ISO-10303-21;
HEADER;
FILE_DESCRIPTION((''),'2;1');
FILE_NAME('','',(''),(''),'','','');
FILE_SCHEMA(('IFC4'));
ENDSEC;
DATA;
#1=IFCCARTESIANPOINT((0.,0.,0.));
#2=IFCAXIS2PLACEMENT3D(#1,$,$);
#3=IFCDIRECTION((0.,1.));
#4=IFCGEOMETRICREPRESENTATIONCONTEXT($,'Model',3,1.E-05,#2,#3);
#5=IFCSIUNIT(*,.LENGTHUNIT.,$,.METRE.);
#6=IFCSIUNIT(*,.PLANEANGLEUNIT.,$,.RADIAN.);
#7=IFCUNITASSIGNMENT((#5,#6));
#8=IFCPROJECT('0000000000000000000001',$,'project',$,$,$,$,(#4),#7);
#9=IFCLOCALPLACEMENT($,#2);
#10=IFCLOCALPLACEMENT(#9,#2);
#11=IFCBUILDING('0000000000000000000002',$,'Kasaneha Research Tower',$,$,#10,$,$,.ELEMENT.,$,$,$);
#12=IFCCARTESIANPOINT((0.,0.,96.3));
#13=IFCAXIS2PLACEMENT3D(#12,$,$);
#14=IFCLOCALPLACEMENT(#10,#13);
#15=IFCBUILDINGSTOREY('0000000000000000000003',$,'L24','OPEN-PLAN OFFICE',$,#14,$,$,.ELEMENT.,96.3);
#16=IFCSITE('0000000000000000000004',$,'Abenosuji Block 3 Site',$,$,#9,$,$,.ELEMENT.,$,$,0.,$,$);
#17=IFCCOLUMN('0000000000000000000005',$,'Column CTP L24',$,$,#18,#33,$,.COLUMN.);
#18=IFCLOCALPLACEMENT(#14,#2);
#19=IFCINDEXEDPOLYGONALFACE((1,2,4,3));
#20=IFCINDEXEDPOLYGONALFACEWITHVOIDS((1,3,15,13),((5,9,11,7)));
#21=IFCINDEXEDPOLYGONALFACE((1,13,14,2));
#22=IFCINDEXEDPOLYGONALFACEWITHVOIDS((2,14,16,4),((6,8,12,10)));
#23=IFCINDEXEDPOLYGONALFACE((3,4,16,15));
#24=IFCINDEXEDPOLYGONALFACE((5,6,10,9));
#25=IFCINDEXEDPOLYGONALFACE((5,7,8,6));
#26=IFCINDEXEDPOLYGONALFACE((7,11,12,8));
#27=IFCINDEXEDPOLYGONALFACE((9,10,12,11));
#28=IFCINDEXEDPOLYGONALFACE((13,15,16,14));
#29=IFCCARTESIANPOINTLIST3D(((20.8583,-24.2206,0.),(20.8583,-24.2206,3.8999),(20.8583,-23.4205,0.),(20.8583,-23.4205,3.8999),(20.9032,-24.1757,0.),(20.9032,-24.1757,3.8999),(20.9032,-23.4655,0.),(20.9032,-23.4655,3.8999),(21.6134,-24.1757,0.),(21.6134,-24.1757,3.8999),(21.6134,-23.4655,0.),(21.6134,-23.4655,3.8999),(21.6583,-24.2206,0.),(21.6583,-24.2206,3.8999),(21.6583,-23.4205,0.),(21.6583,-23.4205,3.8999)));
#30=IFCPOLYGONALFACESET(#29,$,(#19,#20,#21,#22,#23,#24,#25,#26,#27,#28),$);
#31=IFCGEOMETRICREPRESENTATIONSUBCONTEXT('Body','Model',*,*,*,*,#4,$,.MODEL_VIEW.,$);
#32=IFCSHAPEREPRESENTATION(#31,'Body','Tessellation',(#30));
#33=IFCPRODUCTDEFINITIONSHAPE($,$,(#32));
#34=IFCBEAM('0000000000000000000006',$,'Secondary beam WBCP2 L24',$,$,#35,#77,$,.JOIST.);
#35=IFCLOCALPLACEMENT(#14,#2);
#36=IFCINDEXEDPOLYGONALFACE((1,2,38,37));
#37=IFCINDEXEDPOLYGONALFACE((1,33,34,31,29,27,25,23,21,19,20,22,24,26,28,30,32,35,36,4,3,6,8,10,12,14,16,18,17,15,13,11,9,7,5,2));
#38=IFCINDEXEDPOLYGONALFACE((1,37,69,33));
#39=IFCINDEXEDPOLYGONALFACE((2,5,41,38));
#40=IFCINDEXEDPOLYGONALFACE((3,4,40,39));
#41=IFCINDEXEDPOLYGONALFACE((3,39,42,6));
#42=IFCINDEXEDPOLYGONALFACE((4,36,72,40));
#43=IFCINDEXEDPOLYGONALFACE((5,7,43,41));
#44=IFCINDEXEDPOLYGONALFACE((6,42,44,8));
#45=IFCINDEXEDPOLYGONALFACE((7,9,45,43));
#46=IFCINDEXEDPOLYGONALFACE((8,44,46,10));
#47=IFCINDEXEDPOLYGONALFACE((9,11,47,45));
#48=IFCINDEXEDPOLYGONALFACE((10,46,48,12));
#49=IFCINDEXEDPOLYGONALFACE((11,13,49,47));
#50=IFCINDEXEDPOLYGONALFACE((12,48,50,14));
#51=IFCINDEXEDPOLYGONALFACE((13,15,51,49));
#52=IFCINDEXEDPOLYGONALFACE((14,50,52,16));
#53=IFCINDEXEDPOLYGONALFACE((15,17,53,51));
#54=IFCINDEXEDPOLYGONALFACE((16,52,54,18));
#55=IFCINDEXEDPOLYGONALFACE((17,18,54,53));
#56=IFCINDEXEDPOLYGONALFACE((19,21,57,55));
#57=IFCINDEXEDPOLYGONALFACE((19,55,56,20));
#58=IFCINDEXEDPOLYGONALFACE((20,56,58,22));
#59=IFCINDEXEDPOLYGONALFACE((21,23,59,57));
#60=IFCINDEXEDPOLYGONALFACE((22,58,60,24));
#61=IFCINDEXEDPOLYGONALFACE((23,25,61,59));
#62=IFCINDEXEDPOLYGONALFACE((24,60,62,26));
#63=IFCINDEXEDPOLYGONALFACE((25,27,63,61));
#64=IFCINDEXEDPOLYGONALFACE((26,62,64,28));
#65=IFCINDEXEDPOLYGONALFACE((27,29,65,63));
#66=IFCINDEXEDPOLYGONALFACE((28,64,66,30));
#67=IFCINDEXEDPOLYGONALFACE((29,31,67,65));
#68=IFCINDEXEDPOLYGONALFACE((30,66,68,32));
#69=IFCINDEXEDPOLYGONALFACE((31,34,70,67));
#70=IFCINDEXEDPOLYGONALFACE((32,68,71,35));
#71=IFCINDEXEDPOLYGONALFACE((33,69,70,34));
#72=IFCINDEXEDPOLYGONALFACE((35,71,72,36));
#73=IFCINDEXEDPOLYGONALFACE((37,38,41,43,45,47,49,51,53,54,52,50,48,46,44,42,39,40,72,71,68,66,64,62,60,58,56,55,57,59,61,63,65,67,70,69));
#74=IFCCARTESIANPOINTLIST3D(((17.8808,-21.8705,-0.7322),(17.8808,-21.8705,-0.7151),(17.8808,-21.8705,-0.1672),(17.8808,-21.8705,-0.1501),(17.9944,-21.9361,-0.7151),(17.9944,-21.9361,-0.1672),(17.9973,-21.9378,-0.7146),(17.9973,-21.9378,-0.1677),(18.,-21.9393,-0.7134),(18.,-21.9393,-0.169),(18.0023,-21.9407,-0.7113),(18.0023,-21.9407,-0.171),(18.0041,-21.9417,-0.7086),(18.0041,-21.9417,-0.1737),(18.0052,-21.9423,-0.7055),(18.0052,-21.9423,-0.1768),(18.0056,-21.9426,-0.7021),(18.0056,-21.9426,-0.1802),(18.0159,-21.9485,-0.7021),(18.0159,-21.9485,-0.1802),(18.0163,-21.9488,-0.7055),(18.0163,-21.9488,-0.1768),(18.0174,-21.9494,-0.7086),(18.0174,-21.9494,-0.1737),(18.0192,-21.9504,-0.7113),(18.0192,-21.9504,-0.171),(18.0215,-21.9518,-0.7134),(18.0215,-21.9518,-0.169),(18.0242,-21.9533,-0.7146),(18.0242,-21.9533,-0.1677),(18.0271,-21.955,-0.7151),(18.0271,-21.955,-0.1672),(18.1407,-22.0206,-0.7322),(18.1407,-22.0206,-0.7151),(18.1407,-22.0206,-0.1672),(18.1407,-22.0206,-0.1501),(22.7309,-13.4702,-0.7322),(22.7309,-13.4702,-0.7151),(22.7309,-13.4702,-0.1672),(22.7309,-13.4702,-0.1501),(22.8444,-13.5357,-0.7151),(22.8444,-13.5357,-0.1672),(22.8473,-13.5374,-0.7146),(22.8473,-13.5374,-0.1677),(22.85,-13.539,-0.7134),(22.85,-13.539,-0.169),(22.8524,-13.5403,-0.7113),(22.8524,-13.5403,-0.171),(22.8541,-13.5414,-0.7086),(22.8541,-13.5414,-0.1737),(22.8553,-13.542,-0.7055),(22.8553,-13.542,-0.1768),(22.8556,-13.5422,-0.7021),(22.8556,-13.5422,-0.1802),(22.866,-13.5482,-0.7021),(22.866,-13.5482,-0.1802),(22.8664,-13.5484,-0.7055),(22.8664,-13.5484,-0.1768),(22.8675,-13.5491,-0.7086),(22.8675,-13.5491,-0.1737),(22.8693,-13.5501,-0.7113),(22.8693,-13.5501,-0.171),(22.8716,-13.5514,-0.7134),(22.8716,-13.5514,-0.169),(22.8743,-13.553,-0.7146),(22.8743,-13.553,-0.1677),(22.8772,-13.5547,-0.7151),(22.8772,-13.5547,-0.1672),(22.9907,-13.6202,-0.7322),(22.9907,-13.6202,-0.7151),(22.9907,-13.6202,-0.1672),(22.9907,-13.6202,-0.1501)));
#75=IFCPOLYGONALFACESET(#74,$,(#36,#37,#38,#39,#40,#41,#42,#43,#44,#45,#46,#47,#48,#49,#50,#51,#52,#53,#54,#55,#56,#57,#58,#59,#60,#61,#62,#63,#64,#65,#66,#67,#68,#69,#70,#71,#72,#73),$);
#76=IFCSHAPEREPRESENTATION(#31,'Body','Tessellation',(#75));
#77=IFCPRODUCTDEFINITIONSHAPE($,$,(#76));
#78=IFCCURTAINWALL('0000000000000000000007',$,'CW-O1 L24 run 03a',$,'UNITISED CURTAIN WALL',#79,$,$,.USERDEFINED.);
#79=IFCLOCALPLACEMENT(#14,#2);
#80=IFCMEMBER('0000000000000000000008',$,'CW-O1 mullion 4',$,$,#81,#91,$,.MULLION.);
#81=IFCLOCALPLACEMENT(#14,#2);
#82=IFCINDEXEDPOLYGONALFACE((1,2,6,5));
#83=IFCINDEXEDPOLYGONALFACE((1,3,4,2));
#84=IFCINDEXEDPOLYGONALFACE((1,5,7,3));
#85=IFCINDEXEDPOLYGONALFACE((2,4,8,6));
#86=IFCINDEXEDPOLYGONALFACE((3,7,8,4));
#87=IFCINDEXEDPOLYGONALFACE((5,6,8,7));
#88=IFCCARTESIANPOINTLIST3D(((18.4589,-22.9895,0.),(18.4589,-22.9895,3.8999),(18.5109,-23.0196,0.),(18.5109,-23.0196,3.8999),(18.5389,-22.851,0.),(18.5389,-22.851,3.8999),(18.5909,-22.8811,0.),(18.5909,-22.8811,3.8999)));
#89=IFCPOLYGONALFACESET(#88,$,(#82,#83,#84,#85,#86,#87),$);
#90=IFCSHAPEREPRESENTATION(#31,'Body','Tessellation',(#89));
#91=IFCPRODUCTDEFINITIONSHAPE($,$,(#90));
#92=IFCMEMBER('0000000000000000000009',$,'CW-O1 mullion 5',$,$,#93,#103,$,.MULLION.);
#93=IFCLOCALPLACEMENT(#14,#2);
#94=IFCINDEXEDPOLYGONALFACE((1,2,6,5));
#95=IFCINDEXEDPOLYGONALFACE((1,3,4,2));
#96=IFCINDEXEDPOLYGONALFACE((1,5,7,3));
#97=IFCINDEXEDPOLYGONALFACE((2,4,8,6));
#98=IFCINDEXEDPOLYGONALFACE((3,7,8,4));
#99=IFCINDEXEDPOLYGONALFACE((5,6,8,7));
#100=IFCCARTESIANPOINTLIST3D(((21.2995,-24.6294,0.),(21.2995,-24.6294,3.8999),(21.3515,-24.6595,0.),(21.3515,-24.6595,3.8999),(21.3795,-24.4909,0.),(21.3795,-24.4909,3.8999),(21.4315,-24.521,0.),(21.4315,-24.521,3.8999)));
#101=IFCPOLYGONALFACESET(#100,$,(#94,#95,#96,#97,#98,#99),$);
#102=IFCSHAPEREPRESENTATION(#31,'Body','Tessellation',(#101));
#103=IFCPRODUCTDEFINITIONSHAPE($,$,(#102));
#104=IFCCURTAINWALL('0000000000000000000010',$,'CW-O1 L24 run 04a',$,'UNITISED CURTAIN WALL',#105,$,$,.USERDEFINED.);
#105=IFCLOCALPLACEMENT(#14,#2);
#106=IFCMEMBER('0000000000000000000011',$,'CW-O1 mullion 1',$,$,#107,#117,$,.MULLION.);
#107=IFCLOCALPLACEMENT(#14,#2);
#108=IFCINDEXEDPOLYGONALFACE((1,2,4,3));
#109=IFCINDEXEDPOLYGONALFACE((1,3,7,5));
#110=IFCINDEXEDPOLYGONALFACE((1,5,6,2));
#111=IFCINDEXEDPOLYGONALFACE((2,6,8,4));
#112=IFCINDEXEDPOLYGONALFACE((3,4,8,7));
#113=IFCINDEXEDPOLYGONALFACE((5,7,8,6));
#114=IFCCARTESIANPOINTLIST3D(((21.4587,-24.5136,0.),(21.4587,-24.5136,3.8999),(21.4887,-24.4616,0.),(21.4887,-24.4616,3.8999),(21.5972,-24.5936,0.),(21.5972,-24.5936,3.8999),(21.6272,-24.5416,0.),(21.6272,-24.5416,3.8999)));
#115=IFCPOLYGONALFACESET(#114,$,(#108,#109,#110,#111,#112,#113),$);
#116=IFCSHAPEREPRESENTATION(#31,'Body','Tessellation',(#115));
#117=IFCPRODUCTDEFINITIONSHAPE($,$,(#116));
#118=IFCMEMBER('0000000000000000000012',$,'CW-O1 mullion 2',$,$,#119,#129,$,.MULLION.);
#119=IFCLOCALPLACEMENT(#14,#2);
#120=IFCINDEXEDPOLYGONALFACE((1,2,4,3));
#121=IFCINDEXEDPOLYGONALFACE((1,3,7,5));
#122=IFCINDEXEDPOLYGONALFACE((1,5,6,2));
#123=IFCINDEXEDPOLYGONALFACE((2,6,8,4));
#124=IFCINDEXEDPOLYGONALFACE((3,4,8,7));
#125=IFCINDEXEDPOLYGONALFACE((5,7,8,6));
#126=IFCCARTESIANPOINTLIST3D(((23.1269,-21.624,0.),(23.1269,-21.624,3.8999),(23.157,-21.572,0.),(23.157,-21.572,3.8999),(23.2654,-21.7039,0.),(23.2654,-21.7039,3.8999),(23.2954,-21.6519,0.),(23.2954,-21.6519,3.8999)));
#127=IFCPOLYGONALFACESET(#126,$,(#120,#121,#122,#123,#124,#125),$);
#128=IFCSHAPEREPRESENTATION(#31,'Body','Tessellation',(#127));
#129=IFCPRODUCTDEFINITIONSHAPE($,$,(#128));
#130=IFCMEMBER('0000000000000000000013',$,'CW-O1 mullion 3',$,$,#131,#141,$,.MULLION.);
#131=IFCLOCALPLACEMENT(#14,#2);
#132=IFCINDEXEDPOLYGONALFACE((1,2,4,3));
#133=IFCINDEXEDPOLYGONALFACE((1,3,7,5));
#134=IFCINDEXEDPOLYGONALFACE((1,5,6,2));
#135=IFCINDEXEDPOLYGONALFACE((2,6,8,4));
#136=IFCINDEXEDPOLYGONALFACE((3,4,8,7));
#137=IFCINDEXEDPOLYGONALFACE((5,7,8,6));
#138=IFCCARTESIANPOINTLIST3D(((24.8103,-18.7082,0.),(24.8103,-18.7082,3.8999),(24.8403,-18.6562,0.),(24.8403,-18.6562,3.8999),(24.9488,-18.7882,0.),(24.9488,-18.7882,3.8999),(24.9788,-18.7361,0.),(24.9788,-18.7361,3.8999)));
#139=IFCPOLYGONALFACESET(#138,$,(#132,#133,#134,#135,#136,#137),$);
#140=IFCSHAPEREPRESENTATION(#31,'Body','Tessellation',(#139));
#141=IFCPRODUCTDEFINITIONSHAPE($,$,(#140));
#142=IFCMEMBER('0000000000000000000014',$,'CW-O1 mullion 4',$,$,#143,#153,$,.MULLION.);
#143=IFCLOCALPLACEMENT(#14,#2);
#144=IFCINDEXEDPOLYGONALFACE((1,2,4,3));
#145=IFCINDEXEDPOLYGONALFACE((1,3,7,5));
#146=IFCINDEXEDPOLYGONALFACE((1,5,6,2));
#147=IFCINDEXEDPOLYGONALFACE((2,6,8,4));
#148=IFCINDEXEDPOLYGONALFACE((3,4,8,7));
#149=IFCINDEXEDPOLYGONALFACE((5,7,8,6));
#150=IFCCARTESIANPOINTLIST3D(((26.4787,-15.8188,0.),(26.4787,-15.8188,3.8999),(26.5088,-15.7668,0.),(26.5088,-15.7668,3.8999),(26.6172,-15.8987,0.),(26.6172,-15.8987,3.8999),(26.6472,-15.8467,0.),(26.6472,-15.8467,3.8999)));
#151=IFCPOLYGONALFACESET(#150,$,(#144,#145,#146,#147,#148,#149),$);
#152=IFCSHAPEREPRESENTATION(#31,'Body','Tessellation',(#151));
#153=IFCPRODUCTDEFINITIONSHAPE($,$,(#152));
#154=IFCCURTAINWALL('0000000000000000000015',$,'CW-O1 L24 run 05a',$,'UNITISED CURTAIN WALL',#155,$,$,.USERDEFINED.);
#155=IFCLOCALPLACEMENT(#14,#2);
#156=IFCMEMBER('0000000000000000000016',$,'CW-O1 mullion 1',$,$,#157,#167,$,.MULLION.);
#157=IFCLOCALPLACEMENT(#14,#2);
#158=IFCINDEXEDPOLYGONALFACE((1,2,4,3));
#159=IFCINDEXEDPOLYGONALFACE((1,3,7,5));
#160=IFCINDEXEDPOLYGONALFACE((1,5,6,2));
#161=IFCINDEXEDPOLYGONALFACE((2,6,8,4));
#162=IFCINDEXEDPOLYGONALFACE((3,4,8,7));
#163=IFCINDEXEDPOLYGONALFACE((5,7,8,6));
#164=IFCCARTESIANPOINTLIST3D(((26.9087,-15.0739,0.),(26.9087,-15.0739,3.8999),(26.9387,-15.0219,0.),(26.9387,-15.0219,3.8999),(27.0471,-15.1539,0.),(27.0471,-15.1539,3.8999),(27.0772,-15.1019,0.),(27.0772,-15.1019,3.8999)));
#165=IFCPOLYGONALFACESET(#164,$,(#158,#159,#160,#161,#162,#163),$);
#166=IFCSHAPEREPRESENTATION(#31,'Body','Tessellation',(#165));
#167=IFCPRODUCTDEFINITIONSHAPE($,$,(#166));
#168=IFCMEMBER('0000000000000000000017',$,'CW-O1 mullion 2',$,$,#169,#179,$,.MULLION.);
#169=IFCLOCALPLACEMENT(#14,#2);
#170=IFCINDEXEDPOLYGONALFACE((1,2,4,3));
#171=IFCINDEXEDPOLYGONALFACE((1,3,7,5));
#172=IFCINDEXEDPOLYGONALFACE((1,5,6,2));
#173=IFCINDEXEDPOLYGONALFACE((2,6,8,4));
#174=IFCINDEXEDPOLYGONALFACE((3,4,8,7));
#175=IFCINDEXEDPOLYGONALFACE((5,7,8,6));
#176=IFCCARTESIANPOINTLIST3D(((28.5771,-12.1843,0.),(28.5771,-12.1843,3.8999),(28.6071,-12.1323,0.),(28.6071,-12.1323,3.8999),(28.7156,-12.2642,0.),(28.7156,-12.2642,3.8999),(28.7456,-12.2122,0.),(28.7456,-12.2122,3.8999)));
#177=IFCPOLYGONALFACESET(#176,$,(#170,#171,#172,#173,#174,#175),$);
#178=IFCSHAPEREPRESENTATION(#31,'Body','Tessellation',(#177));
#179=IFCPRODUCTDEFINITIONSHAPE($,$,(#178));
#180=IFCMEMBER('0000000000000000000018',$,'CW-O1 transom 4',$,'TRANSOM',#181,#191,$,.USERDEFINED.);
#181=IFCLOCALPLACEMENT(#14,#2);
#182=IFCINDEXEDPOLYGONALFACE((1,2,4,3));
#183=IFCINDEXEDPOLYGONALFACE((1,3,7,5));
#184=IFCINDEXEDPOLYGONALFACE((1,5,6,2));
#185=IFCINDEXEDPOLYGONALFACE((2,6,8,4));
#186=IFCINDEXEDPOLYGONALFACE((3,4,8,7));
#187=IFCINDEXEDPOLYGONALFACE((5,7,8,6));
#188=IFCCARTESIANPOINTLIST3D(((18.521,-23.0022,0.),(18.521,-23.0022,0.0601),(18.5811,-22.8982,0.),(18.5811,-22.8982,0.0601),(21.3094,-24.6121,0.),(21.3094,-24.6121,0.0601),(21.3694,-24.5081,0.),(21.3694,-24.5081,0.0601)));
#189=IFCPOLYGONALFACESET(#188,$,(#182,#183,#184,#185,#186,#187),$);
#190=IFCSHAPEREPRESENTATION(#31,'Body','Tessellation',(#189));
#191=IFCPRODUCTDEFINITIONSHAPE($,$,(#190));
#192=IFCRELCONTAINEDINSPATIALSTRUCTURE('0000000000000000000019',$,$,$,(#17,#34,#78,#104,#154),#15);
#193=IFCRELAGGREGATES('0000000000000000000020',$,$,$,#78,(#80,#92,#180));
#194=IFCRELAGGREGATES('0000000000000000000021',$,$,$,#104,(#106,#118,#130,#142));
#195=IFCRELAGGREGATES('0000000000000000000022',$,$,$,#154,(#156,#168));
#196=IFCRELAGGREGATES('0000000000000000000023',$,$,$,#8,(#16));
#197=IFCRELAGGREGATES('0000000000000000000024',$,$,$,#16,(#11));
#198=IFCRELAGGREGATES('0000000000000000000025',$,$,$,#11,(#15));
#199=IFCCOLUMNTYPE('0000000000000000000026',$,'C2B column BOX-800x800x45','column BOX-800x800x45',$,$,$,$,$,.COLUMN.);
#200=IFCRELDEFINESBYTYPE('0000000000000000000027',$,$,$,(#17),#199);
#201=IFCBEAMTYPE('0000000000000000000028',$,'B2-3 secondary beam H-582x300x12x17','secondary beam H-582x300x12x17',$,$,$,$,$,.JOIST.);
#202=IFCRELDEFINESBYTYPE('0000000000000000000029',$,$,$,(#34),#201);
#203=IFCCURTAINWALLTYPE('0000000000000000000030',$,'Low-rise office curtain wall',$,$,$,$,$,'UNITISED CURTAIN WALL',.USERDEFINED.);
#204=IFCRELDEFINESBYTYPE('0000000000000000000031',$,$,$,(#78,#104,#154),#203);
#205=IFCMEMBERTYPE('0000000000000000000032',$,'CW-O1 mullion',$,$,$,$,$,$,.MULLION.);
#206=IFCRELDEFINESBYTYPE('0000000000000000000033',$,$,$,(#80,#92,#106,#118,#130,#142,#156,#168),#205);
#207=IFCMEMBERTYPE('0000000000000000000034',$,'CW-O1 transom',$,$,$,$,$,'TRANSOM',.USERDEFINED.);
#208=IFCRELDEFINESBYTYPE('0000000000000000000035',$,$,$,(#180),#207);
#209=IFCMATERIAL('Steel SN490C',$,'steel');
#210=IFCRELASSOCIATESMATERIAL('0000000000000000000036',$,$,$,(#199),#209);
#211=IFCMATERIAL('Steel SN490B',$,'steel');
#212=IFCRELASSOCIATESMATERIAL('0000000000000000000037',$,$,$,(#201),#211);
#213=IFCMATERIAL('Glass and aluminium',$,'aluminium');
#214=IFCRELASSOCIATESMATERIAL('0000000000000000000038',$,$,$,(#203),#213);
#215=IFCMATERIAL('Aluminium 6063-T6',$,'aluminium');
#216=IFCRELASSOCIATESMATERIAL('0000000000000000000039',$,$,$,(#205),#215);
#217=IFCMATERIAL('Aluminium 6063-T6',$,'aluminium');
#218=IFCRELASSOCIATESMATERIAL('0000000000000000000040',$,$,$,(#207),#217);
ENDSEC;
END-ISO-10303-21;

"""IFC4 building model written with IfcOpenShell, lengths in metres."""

from ifc_helpers import new_model, si_unit, direction, frame, origin, origin_2d, place, context, subcontext, project, spatial, rectangle, hollow_rectangle, i_section, extrude, material, material_profile, profile_set, type_object, element, aggregate, save


model = new_model("IFC4")

# Units and contexts
model_context = context("Model", 3, precision=1e-05, world=origin(), true_north=direction((0.0, 1.0)))
body_context = subcontext(model_context, "Body", "Model", "MODEL_VIEW")
ifc_project = project(units=[si_unit("LENGTHUNIT", "METRE"), si_unit("PLANEANGLEUNIT", "RADIAN")], contexts=[model_context])

# Site, building, storey
site_placement = place(None, origin())
site = spatial("IfcSite", under=ifc_project, at=site_placement, Name="Abenosuji Block 3 Site", CompositionType="ELEMENT", RefElevation=0.0)
building_placement = place(site_placement, origin())
building = spatial("IfcBuilding", under=site, at=building_placement, Name="Kasaneha Research Tower", CompositionType="ELEMENT")
storey_placement = place(building_placement, frame((0.0, 0.0, 96.3)))
storey = spatial("IfcBuildingStorey", under=building, at=storey_placement, Name="L24", Description="OPEN-PLAN OFFICE", CompositionType="ELEMENT", Elevation=96.3)

# Column
ifc_material_1 = material(Name="Steel SN490C", Category="steel")
ifc_material_profile_1 = material_profile(ifc_material_1, hollow_rectangle(XDim=0.8, YDim=0.8, WallThickness=0.0449, at=origin_2d()), Name="BOX-800x800x45")
ifc_profile_set_1 = profile_set([ifc_material_profile_1], Name="Steel SN490C")
column_type = type_object("IfcColumnType", Name="C2B column BOX-800x800x45", Description="column BOX-800x800x45", PredefinedType="COLUMN", material=ifc_profile_set_1)
column_placement = place(storey_placement, frame((21.2583, -23.8206, 0.0), z_axis=(0.0, 0.0, 1.0), x_axis=(1.0, 0.0, 0.0)))
element("IfcColumn", 1, at=column_placement, inside=storey, type_object=column_type, Name="Column CTP L24", PredefinedType="COLUMN", context=body_context, shape_type="SweptSolid", body=[
    extrude(hollow_rectangle(XDim=0.8, YDim=0.8, WallThickness=0.0449, at=origin_2d()), origin(), (0.0, 0.0, 1.0), 3.8999),
])

# Beam
ifc_material_2 = material(Name="Steel SN490B", Category="steel")
ifc_material_profile_2 = material_profile(ifc_material_2, i_section(OverallWidth=0.3, OverallDepth=0.582, WebThickness=0.012, FlangeThickness=0.0171, FilletRadius=0.0129, at=origin_2d()), Name="H-582x300x12x17")
ifc_profile_set_2 = profile_set([ifc_material_profile_2], Name="Steel SN490B")
beam_type_1 = type_object("IfcBeamType", Name="B2-3 secondary beam H-582x300x12x17", Description="secondary beam H-582x300x12x17", PredefinedType="JOIST", material=ifc_profile_set_2)
beam_1_placement = place(storey_placement, frame((18.0107, -21.9456, -0.4412), z_axis=(0.50001, 0.86602, 0.0), x_axis=(-0.86602, 0.50001, 0.0)))
element("IfcBeam", 2, at=beam_1_placement, inside=storey, type_object=beam_type_1, Name="Secondary beam WBCP2 L24", PredefinedType="JOIST", context=body_context, shape_type="SweptSolid", body=[
    extrude(i_section(OverallWidth=0.3, OverallDepth=0.582, WebThickness=0.012, FlangeThickness=0.0171, FilletRadius=0.0129, at=origin_2d()), origin(), (0.0, 0.0, 1.0), 9.7),
])

# Curtain walls, members
ifc_material_3 = material(Name="Glass and aluminium", Category="aluminium")
curtain_wall_type = type_object("IfcCurtainWallType", Name="Low-rise office curtain wall", ElementType="UNITISED CURTAIN WALL", PredefinedType="USERDEFINED", material=ifc_material_3)
curtain_wall_1_placement = place(storey_placement, origin())
curtain_wall_1 = element("IfcCurtainWall", 3, at=curtain_wall_1_placement, inside=storey, type_object=curtain_wall_type, Name="CW-O1 L24 run 03a", ObjectType="UNITISED CURTAIN WALL", PredefinedType="USERDEFINED")
ifc_material_4 = material(Name="Aluminium 6063-T6", Category="aluminium")
ifc_material_profile_3 = material_profile(ifc_material_4, rectangle(XDim=0.0601, YDim=0.1599, at=origin_2d()), Name="CW-O1 mullion 60x160")
ifc_profile_set_3 = profile_set([ifc_material_profile_3], Name="Aluminium 6063-T6")
member_type_1 = type_object("IfcMemberType", Name="CW-O1 mullion", PredefinedType="MULLION", material=ifc_profile_set_3)
member_1_placement = place(storey_placement, frame((18.5249, -22.9353, 0.0), z_axis=(0.0, 0.0, 1.0), x_axis=(0.866025, -0.5, 0.0)))
member_1 = element("IfcMember", 4, at=member_1_placement, type_object=member_type_1, Name="CW-O1 mullion 4", PredefinedType="MULLION", context=body_context, shape_type="SweptSolid", body=[
    extrude(rectangle(XDim=0.0601, YDim=0.1599, at=origin_2d()), origin(), (0.0, 0.0, 1.0), 3.8999),
])
member_2_placement = place(storey_placement, frame((21.3655, -24.5752, 0.0), z_axis=(0.0, 0.0, 1.0), x_axis=(0.866025, -0.5, 0.0)))
member_2 = element("IfcMember", 5, at=member_2_placement, type_object=member_type_1, Name="CW-O1 mullion 5", PredefinedType="MULLION", context=body_context, shape_type="SweptSolid", body=[
    extrude(rectangle(XDim=0.0601, YDim=0.1599, at=origin_2d()), origin(), (0.0, 0.0, 1.0), 3.8999),
])
curtain_wall_2_placement = place(storey_placement, origin())
curtain_wall_2 = element("IfcCurtainWall", 6, at=curtain_wall_2_placement, inside=storey, type_object=curtain_wall_type, Name="CW-O1 L24 run 04a", ObjectType="UNITISED CURTAIN WALL", PredefinedType="USERDEFINED")
member_3_placement = place(storey_placement, frame((21.543, -24.5276, 0.0), z_axis=(0.0, 0.0, 1.0), x_axis=(0.5, 0.866025, 0.0)))
member_3 = element("IfcMember", 7, at=member_3_placement, type_object=member_type_1, Name="CW-O1 mullion 1", PredefinedType="MULLION", context=body_context, shape_type="SweptSolid", body=[
    extrude(rectangle(XDim=0.0601, YDim=0.1599, at=origin_2d()), origin(), (0.0, 0.0, 1.0), 3.8999),
])
member_4_placement = place(storey_placement, frame((23.2112, -21.6379, 0.0), z_axis=(0.0, 0.0, 1.0), x_axis=(0.5, 0.866025, 0.0)))
member_4 = element("IfcMember", 8, at=member_4_placement, type_object=member_type_1, Name="CW-O1 mullion 2", PredefinedType="MULLION", context=body_context, shape_type="SweptSolid", body=[
    extrude(rectangle(XDim=0.0601, YDim=0.1599, at=origin_2d()), origin(), (0.0, 0.0, 1.0), 3.8999),
])
member_5_placement = place(storey_placement, frame((24.8945, -18.7222, 0.0), z_axis=(0.0, 0.0, 1.0), x_axis=(0.5, 0.866025, 0.0)))
member_5 = element("IfcMember", 9, at=member_5_placement, type_object=member_type_1, Name="CW-O1 mullion 3", PredefinedType="MULLION", context=body_context, shape_type="SweptSolid", body=[
    extrude(rectangle(XDim=0.0601, YDim=0.1599, at=origin_2d()), origin(), (0.0, 0.0, 1.0), 3.8999),
])
member_6_placement = place(storey_placement, frame((26.563, -15.8328, 0.0), z_axis=(0.0, 0.0, 1.0), x_axis=(0.5, 0.866025, 0.0)))
member_6 = element("IfcMember", 10, at=member_6_placement, type_object=member_type_1, Name="CW-O1 mullion 4", PredefinedType="MULLION", context=body_context, shape_type="SweptSolid", body=[
    extrude(rectangle(XDim=0.0601, YDim=0.1599, at=origin_2d()), origin(), (0.0, 0.0, 1.0), 3.8999),
])
curtain_wall_3_placement = place(storey_placement, origin())
curtain_wall_3 = element("IfcCurtainWall", 11, at=curtain_wall_3_placement, inside=storey, type_object=curtain_wall_type, Name="CW-O1 L24 run 05a", ObjectType="UNITISED CURTAIN WALL", PredefinedType="USERDEFINED")
member_7_placement = place(storey_placement, frame((26.9929, -15.0879, 0.0), z_axis=(0.0, 0.0, 1.0), x_axis=(0.5, 0.866025, 0.0)))
member_7 = element("IfcMember", 12, at=member_7_placement, type_object=member_type_1, Name="CW-O1 mullion 1", PredefinedType="MULLION", context=body_context, shape_type="SweptSolid", body=[
    extrude(rectangle(XDim=0.0601, YDim=0.1599, at=origin_2d()), origin(), (0.0, 0.0, 1.0), 3.8999),
])
member_8_placement = place(storey_placement, frame((28.6614, -12.1982, 0.0), z_axis=(0.0, 0.0, 1.0), x_axis=(0.5, 0.866025, 0.0)))
member_8 = element("IfcMember", 13, at=member_8_placement, type_object=member_type_1, Name="CW-O1 mullion 2", PredefinedType="MULLION", context=body_context, shape_type="SweptSolid", body=[
    extrude(rectangle(XDim=0.0601, YDim=0.1599, at=origin_2d()), origin(), (0.0, 0.0, 1.0), 3.8999),
])

# Member
ifc_material_5 = material(Name="Aluminium 6063-T6", Category="aluminium")
ifc_material_profile_4 = material_profile(ifc_material_5, rectangle(XDim=0.1201, YDim=0.0601, at=origin_2d()), Name="CW-O1 transom 120x60")
ifc_profile_set_4 = profile_set([ifc_material_profile_4], Name="Aluminium 6063-T6")
member_type_2 = type_object("IfcMemberType", Name="CW-O1 transom", ElementType="TRANSOM", PredefinedType="USERDEFINED", material=ifc_profile_set_4)
member_9_placement = place(storey_placement, frame((18.551, -22.9502, 0.03), z_axis=(0.866023, -0.500005, 0.0), x_axis=(0.500005, 0.866023, 0.0)))
member_9 = element("IfcMember", 14, at=member_9_placement, type_object=member_type_2, Name="CW-O1 transom 4", ObjectType="TRANSOM", PredefinedType="USERDEFINED", context=body_context, shape_type="SweptSolid", body=[
    extrude(rectangle(XDim=0.1201, YDim=0.0601, at=origin_2d()), origin(), (0.0, 0.0, 1.0), 3.2197),
])

aggregate(curtain_wall_1, [member_1, member_2, member_9])
aggregate(curtain_wall_2, [member_3, member_4, member_5, member_6])
aggregate(curtain_wall_3, [member_7, member_8])

save(model, "model.ifc")
